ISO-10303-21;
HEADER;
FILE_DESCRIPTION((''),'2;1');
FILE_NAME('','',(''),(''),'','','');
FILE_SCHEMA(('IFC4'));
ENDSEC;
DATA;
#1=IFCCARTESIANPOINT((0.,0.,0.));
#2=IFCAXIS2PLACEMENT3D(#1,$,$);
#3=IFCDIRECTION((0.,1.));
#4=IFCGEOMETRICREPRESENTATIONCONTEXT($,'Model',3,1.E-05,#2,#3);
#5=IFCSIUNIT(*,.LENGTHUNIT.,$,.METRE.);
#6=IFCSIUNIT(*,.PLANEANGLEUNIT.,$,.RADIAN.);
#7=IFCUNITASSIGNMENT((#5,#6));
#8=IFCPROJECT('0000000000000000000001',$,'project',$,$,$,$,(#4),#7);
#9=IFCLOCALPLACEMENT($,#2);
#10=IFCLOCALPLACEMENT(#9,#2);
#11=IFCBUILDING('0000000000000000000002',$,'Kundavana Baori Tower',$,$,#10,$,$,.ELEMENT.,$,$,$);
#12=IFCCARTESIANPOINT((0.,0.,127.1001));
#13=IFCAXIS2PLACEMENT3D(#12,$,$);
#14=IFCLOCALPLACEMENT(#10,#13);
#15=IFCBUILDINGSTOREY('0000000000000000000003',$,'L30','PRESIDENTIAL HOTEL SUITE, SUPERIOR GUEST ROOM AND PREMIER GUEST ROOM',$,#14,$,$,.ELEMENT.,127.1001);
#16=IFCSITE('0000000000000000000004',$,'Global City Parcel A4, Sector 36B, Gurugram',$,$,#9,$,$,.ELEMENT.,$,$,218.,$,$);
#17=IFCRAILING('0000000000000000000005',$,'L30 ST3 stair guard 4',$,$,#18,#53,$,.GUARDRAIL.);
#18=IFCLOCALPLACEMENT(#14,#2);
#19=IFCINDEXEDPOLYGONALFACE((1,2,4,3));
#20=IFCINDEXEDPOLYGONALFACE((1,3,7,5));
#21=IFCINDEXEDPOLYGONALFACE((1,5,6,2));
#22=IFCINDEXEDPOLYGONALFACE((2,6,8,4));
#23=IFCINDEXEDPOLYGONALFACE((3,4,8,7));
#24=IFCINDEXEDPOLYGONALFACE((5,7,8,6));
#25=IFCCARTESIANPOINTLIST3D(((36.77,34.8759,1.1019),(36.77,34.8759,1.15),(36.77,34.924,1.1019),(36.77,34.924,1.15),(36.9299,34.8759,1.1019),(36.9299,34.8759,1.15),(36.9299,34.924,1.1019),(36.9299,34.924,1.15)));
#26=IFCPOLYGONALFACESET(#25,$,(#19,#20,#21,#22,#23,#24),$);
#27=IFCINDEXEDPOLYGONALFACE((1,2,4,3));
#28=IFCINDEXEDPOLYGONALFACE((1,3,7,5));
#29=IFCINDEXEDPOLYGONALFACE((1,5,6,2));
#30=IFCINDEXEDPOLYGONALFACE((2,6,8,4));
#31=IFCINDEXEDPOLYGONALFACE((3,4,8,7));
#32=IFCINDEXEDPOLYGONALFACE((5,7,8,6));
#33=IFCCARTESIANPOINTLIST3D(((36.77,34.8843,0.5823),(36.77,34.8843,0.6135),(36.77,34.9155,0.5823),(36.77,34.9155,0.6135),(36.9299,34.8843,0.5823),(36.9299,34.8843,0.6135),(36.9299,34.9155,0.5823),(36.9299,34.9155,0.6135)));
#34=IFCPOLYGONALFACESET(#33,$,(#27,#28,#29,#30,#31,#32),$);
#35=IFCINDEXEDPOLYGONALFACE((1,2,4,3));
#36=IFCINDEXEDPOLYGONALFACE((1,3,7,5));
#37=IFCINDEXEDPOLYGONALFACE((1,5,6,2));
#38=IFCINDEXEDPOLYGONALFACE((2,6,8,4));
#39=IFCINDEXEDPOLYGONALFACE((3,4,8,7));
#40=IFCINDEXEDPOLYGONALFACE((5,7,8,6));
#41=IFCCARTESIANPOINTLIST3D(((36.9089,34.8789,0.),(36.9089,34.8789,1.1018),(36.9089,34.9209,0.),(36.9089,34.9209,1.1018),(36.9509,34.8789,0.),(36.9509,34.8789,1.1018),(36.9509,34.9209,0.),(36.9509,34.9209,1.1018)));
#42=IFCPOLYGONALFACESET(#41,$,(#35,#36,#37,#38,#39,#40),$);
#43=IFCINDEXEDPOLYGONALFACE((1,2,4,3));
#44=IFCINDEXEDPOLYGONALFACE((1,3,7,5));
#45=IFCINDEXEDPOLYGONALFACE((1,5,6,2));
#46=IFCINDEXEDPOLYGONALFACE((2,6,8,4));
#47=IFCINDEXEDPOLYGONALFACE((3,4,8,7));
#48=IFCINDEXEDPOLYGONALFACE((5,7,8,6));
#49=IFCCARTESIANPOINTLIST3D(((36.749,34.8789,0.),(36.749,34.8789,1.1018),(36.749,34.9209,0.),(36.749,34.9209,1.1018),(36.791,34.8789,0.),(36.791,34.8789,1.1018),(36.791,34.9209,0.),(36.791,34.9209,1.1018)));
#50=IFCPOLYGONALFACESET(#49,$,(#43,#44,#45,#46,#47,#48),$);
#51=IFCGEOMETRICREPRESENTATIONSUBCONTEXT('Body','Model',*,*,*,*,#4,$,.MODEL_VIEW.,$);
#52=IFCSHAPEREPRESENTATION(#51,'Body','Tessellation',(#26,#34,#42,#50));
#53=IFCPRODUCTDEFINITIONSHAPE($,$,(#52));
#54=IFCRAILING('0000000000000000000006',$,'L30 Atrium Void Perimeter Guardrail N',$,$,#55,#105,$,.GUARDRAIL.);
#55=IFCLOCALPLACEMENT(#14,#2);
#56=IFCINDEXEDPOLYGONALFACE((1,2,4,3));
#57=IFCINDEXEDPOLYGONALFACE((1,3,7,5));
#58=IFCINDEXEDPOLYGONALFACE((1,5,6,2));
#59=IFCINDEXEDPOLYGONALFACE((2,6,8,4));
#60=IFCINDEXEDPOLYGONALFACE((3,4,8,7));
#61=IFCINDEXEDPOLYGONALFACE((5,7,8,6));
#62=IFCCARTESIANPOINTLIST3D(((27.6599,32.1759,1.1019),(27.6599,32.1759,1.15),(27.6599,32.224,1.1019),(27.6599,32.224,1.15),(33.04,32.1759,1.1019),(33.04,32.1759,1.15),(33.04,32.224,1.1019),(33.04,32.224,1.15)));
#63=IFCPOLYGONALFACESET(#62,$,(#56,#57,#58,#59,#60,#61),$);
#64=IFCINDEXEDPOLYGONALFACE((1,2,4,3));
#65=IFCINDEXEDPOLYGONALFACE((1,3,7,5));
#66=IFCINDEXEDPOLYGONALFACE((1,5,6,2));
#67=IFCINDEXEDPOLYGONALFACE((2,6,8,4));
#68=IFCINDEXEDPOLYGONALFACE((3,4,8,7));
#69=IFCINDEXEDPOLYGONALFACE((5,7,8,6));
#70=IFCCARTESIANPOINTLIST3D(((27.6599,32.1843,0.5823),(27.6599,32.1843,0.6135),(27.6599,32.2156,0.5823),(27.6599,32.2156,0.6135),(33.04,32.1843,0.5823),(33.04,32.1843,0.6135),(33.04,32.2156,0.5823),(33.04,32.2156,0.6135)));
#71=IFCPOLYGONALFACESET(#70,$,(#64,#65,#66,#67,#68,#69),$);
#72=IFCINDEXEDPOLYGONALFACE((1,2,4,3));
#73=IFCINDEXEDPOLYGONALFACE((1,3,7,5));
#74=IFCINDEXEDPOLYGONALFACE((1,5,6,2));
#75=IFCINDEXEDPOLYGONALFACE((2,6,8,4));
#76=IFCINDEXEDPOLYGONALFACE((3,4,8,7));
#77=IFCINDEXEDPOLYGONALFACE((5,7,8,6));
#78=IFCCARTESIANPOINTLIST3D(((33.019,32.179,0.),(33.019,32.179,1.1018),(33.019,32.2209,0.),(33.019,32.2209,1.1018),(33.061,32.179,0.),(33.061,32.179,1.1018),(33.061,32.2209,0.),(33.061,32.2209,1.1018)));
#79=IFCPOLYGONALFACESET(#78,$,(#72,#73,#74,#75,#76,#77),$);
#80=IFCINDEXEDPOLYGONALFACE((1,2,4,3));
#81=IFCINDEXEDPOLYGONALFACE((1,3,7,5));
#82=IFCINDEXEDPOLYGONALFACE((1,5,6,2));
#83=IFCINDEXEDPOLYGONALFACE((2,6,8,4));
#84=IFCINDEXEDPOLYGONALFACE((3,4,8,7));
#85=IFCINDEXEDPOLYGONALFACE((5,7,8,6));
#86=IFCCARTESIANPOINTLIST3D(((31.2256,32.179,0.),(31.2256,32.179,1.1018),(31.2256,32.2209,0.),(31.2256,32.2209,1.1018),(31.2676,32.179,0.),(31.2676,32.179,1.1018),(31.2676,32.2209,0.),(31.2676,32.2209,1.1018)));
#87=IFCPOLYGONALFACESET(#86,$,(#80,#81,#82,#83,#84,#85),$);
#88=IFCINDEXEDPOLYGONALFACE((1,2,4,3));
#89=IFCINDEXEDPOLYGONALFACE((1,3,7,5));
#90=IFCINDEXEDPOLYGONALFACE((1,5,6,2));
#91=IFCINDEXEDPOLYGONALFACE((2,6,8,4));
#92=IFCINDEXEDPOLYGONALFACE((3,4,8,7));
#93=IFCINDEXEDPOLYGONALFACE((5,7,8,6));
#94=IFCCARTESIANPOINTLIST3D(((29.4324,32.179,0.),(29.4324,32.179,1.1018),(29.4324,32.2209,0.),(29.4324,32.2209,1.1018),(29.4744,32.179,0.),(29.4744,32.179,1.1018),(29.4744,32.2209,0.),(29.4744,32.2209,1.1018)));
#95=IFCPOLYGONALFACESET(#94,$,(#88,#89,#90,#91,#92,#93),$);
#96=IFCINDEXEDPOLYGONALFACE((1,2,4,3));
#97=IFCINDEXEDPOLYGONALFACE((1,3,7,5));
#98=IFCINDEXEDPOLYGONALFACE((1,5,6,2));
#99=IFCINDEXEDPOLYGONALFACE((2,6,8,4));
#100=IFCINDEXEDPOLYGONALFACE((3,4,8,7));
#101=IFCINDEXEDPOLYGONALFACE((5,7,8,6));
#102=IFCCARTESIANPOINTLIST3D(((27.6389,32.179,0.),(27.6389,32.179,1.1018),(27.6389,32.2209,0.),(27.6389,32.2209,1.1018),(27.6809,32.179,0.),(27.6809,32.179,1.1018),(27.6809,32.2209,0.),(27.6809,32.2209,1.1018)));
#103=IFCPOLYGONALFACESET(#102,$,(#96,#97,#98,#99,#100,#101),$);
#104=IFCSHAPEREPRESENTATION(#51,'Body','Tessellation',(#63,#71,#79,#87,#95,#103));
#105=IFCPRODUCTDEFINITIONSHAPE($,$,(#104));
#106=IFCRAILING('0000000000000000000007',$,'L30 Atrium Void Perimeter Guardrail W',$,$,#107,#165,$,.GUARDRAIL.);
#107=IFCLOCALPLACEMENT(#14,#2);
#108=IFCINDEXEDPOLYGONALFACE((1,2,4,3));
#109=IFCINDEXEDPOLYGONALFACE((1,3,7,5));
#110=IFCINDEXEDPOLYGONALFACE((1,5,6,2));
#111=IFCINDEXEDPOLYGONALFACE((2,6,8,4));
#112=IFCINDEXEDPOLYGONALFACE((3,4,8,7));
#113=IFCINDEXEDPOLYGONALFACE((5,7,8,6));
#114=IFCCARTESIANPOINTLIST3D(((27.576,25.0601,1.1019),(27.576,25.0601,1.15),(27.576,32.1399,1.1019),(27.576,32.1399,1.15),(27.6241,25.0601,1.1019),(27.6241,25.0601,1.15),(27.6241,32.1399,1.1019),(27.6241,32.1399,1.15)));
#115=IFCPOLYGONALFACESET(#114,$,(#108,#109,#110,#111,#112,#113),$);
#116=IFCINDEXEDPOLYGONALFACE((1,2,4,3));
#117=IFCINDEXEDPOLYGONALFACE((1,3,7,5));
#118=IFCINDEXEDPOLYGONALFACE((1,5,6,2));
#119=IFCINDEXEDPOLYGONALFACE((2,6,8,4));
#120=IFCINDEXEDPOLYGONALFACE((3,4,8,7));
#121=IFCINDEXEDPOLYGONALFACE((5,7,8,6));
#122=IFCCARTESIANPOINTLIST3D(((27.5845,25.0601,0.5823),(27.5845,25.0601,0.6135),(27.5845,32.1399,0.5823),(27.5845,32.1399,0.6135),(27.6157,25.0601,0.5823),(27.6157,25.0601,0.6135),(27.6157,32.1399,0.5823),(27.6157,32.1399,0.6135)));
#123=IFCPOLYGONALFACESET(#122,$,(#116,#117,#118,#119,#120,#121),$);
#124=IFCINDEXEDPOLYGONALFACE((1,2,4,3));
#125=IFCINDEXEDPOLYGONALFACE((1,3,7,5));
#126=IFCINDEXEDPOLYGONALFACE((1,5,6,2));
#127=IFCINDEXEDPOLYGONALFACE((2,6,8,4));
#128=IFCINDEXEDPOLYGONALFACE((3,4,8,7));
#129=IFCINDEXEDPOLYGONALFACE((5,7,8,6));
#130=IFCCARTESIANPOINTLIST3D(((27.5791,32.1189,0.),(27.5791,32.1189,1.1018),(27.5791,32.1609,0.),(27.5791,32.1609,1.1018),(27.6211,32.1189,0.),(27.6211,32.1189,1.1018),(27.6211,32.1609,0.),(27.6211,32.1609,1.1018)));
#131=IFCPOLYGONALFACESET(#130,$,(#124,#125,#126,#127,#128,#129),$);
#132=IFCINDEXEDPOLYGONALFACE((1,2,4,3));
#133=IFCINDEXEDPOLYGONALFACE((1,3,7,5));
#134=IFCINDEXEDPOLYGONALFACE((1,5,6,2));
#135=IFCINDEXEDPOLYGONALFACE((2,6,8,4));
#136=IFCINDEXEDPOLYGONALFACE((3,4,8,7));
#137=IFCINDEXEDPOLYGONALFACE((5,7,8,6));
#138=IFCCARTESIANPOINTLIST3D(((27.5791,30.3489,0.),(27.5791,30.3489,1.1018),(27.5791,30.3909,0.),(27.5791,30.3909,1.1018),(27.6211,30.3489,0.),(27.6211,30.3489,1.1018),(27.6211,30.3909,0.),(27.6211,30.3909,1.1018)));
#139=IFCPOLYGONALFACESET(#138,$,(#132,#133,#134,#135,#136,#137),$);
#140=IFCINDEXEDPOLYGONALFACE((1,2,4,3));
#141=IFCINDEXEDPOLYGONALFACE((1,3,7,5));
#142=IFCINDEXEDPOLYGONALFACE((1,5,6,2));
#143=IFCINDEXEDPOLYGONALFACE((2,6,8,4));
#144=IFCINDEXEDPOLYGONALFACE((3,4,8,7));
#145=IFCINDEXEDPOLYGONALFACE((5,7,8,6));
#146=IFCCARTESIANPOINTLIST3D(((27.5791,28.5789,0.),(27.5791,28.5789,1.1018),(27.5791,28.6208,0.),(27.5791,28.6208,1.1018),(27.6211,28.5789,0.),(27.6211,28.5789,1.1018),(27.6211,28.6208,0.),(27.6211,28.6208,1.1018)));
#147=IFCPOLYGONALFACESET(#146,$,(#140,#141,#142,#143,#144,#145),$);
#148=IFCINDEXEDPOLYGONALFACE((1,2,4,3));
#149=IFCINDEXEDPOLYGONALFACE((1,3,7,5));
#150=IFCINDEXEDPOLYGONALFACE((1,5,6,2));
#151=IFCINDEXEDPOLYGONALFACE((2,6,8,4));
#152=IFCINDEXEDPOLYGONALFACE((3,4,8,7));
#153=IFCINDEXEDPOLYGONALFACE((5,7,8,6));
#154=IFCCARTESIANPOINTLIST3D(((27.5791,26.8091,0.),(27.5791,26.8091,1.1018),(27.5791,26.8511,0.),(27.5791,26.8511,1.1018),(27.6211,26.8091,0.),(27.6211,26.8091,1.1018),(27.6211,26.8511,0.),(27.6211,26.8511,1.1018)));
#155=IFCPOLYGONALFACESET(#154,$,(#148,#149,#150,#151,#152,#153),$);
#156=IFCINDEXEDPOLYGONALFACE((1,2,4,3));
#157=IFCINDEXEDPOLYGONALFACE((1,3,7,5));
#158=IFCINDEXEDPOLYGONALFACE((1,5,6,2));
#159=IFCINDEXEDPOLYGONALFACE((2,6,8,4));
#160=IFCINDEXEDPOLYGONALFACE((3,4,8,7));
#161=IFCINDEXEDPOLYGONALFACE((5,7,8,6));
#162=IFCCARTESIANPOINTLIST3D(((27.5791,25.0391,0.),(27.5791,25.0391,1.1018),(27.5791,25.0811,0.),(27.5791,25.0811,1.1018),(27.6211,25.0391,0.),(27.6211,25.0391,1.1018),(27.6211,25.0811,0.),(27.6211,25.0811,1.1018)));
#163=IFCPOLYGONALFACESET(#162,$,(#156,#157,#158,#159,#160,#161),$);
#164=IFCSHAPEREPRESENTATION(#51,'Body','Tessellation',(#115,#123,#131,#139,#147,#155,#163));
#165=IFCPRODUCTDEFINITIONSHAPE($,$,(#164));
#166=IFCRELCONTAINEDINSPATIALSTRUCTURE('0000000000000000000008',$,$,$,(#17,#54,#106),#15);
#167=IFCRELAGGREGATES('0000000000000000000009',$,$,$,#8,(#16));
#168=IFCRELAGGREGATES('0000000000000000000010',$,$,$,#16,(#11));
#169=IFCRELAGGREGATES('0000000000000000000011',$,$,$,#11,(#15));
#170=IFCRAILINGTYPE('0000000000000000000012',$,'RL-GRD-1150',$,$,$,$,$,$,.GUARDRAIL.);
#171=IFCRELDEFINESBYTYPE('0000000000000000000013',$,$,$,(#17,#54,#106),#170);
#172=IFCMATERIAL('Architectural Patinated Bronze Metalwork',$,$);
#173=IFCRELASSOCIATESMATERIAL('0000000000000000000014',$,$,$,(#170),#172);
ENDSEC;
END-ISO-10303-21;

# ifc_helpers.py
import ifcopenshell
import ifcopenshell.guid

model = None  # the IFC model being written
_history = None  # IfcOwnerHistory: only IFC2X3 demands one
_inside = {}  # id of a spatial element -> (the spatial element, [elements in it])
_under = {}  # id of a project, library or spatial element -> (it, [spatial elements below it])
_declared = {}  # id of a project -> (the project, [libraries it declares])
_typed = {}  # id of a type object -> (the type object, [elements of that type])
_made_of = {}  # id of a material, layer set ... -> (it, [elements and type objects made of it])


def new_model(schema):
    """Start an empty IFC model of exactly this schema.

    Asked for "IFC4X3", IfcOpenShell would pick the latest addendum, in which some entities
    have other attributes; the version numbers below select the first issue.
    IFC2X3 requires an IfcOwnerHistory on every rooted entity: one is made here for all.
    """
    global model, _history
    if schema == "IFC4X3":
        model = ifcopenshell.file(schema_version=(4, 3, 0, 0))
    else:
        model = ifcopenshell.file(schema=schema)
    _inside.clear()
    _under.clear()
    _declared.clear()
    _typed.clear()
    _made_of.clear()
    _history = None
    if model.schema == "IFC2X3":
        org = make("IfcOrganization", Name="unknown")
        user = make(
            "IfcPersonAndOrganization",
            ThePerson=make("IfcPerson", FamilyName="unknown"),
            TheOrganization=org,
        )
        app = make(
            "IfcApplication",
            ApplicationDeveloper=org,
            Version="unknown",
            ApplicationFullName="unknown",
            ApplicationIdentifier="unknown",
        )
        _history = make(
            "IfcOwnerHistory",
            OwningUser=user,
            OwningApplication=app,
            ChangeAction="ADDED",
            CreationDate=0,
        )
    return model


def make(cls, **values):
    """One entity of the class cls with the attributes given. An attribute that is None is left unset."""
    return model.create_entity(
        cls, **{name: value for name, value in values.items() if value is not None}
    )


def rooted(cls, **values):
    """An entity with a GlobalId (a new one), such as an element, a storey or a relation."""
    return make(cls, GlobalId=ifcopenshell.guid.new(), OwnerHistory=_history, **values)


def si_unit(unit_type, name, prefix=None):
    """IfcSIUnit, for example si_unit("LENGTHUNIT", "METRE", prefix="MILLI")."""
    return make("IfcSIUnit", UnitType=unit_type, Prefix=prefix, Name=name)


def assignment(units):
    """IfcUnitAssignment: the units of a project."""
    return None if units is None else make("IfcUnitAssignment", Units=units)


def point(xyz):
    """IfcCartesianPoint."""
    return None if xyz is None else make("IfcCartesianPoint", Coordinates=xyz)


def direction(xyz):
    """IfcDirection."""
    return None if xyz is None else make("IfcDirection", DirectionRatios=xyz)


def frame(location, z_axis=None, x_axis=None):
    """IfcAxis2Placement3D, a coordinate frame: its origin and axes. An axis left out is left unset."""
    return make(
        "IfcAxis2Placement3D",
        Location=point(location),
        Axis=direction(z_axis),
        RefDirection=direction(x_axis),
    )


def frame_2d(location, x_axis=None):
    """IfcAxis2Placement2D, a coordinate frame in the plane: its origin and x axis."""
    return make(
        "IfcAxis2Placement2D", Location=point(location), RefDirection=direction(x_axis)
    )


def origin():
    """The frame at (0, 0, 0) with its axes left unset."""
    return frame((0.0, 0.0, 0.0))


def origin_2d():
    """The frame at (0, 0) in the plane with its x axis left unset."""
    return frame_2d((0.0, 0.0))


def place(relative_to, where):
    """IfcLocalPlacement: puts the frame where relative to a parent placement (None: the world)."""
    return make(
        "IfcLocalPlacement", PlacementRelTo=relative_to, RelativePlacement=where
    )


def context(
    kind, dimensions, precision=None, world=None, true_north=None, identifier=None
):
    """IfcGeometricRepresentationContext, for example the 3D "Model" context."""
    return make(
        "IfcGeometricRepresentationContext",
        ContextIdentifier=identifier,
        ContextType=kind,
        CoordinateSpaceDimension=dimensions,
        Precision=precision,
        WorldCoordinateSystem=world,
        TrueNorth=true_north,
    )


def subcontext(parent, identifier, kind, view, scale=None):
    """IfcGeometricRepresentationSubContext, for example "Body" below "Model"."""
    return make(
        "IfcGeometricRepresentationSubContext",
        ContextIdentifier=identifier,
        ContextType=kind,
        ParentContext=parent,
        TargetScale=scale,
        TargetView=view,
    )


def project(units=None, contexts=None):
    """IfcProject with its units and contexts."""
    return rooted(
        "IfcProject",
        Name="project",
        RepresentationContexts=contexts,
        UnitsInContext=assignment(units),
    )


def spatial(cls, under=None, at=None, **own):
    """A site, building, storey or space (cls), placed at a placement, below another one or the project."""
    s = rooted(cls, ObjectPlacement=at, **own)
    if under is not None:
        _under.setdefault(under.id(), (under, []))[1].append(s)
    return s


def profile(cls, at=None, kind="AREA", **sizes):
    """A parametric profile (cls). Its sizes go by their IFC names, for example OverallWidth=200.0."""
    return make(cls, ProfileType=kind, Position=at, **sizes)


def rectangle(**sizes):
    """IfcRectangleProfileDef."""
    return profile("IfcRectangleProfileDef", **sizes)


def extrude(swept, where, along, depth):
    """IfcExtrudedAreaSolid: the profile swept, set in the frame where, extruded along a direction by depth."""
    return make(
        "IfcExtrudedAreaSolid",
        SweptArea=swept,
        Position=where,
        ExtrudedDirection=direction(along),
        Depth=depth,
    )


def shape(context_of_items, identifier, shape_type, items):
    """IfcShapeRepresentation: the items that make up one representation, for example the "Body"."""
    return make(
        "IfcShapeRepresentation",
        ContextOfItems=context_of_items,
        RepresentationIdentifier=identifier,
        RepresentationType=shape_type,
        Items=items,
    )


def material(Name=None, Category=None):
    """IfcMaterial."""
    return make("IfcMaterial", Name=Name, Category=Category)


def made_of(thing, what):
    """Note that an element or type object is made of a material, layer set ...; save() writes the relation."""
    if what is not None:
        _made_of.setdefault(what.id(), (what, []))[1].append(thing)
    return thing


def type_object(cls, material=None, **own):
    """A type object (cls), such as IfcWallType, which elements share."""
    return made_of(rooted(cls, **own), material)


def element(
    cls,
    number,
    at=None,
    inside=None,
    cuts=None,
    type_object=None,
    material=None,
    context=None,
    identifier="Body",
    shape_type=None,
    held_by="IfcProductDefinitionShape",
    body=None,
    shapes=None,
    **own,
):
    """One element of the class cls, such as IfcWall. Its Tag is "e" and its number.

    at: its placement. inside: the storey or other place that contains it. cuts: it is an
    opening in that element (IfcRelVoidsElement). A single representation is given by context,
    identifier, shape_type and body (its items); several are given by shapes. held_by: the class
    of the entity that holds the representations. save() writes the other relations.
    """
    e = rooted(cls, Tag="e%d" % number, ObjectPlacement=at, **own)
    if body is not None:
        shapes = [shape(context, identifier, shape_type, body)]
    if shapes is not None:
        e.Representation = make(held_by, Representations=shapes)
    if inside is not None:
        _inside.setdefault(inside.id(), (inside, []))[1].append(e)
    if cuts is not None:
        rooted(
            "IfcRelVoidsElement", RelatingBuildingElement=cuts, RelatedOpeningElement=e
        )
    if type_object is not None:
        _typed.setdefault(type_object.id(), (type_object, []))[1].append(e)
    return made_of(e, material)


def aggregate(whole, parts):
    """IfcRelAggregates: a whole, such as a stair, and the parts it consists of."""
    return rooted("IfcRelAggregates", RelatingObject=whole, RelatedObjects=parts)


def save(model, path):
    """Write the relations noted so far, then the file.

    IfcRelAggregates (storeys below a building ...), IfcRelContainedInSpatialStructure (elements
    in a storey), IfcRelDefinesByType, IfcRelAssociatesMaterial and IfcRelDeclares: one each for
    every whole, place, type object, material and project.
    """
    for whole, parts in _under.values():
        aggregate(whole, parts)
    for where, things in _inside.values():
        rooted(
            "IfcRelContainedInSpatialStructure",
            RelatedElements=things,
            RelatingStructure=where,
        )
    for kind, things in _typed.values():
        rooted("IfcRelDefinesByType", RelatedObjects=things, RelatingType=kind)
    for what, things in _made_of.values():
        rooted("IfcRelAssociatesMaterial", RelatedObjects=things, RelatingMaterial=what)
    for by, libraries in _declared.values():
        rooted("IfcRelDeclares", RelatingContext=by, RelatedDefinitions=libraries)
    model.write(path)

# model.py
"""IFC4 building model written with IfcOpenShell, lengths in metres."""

from ifc_helpers import new_model, si_unit, direction, frame, origin, origin_2d, place, context, subcontext, project, spatial, rectangle, extrude, material, type_object, element, save


model = new_model("IFC4")

# Units and contexts
model_context = context("Model", 3, precision=1e-05, world=origin(), true_north=direction((0.0, 1.0)))
body_context = subcontext(model_context, "Body", "Model", "MODEL_VIEW")
ifc_project = project(units=[si_unit("LENGTHUNIT", "METRE"), si_unit("PLANEANGLEUNIT", "RADIAN")], contexts=[model_context])

# Site, building, storey
site_placement = place(None, origin())
site = spatial("IfcSite", under=ifc_project, at=site_placement, Name="Global City Parcel A4, Sector 36B, Gurugram", CompositionType="ELEMENT", RefElevation=218.0)
building_placement = place(site_placement, origin())
building = spatial("IfcBuilding", under=site, at=building_placement, Name="Kundavana Baori Tower", CompositionType="ELEMENT")
storey_placement = place(building_placement, frame((0.0, 0.0, 127.1001)))
storey = spatial("IfcBuildingStorey", under=building, at=storey_placement, Name="L30", Description="PRESIDENTIAL HOTEL SUITE, SUPERIOR GUEST ROOM AND PREMIER GUEST ROOM", CompositionType="ELEMENT", Elevation=127.1001)

# Railings
ifc_material_1 = material(Name="Architectural Patinated Bronze Metalwork")
railing_type = type_object("IfcRailingType", Name="RL-GRD-1150", PredefinedType="GUARDRAIL", material=ifc_material_1)
railing_1_placement = place(storey_placement, frame((36.9299, 34.8999, 0.0)))
element("IfcRailing", 1, at=railing_1_placement, inside=storey, type_object=railing_type, Name="L30 ST3 stair guard 4", PredefinedType="GUARDRAIL", context=body_context, shape_type="SweptSolid", body=[
    extrude(rectangle(XDim=0.0481, YDim=0.0481, at=origin_2d()), frame((0.0, 0.0, 1.126), z_axis=(-1.0, 0.0, 0.0), x_axis=(0.0, -1.0, 0.0)), (0.0, 0.0, 1.0), 0.1599),
    extrude(rectangle(XDim=0.0312, YDim=0.0312, at=origin_2d()), frame((0.0, 0.0, 0.5979), z_axis=(-1.0, 0.0, 0.0), x_axis=(0.0, -1.0, 0.0)), (0.0, 0.0, 1.0), 0.1599),
    extrude(rectangle(XDim=0.042, YDim=0.042, at=origin_2d()), origin(), (0.0, 0.0, 1.0), 1.1018),
    extrude(rectangle(XDim=0.042, YDim=0.042, at=origin_2d()), frame((-0.1599, 0.0, 0.0)), (0.0, 0.0, 1.0), 1.1018),
])
railing_2_placement = place(storey_placement, frame((33.04, 32.2, 0.0)))
element("IfcRailing", 2, at=railing_2_placement, inside=storey, type_object=railing_type, Name="L30 Atrium Void Perimeter Guardrail N", PredefinedType="GUARDRAIL", context=body_context, shape_type="SweptSolid", body=[
    extrude(rectangle(XDim=0.0481, YDim=0.0481, at=origin_2d()), frame((0.0, 0.0, 1.126), z_axis=(-1.0, 0.0, 0.0), x_axis=(0.0, -1.0, 0.0)), (0.0, 0.0, 1.0), 5.3801),
    extrude(rectangle(XDim=0.0312, YDim=0.0312, at=origin_2d()), frame((0.0, 0.0, 0.5979), z_axis=(-1.0, 0.0, 0.0), x_axis=(0.0, -1.0, 0.0)), (0.0, 0.0, 1.0), 5.3801),
    extrude(rectangle(XDim=0.042, YDim=0.042, at=origin_2d()), origin(), (0.0, 0.0, 1.0), 1.1018),
    extrude(rectangle(XDim=0.042, YDim=0.042, at=origin_2d()), frame((-1.7935, 0.0, 0.0)), (0.0, 0.0, 1.0), 1.1018),
    extrude(rectangle(XDim=0.042, YDim=0.042, at=origin_2d()), frame((-3.5867, 0.0, 0.0)), (0.0, 0.0, 1.0), 1.1018),
    extrude(rectangle(XDim=0.042, YDim=0.042, at=origin_2d()), frame((-5.3801, 0.0, 0.0)), (0.0, 0.0, 1.0), 1.1018),
])
railing_3_placement = place(storey_placement, frame((27.6001, 32.1399, 0.0)))
element("IfcRailing", 3, at=railing_3_placement, inside=storey, type_object=railing_type, Name="L30 Atrium Void Perimeter Guardrail W", PredefinedType="GUARDRAIL", context=body_context, shape_type="SweptSolid", body=[
    extrude(rectangle(XDim=0.0481, YDim=0.0481, at=origin_2d()), frame((0.0, 0.0, 1.126), z_axis=(0.0, -1.0, 0.0), x_axis=(1.0, 0.0, 0.0)), (0.0, 0.0, 1.0), 7.0798),
    extrude(rectangle(XDim=0.0312, YDim=0.0312, at=origin_2d()), frame((0.0, 0.0, 0.5979), z_axis=(0.0, -1.0, 0.0), x_axis=(1.0, 0.0, 0.0)), (0.0, 0.0, 1.0), 7.0798),
    extrude(rectangle(XDim=0.042, YDim=0.042, at=origin_2d()), origin(), (0.0, 0.0, 1.0), 1.1018),
    extrude(rectangle(XDim=0.042, YDim=0.042, at=origin_2d()), frame((0.0, -1.77, 0.0)), (0.0, 0.0, 1.0), 1.1018),
    extrude(rectangle(XDim=0.042, YDim=0.042, at=origin_2d()), frame((0.0, -3.54, 0.0)), (0.0, 0.0, 1.0), 1.1018),
    extrude(rectangle(XDim=0.042, YDim=0.042, at=origin_2d()), frame((0.0, -5.3098, 0.0)), (0.0, 0.0, 1.0), 1.1018),
    extrude(rectangle(XDim=0.042, YDim=0.042, at=origin_2d()), frame((0.0, -7.0798, 0.0)), (0.0, 0.0, 1.0), 1.1018),
])

save(model, "model.ifc")
